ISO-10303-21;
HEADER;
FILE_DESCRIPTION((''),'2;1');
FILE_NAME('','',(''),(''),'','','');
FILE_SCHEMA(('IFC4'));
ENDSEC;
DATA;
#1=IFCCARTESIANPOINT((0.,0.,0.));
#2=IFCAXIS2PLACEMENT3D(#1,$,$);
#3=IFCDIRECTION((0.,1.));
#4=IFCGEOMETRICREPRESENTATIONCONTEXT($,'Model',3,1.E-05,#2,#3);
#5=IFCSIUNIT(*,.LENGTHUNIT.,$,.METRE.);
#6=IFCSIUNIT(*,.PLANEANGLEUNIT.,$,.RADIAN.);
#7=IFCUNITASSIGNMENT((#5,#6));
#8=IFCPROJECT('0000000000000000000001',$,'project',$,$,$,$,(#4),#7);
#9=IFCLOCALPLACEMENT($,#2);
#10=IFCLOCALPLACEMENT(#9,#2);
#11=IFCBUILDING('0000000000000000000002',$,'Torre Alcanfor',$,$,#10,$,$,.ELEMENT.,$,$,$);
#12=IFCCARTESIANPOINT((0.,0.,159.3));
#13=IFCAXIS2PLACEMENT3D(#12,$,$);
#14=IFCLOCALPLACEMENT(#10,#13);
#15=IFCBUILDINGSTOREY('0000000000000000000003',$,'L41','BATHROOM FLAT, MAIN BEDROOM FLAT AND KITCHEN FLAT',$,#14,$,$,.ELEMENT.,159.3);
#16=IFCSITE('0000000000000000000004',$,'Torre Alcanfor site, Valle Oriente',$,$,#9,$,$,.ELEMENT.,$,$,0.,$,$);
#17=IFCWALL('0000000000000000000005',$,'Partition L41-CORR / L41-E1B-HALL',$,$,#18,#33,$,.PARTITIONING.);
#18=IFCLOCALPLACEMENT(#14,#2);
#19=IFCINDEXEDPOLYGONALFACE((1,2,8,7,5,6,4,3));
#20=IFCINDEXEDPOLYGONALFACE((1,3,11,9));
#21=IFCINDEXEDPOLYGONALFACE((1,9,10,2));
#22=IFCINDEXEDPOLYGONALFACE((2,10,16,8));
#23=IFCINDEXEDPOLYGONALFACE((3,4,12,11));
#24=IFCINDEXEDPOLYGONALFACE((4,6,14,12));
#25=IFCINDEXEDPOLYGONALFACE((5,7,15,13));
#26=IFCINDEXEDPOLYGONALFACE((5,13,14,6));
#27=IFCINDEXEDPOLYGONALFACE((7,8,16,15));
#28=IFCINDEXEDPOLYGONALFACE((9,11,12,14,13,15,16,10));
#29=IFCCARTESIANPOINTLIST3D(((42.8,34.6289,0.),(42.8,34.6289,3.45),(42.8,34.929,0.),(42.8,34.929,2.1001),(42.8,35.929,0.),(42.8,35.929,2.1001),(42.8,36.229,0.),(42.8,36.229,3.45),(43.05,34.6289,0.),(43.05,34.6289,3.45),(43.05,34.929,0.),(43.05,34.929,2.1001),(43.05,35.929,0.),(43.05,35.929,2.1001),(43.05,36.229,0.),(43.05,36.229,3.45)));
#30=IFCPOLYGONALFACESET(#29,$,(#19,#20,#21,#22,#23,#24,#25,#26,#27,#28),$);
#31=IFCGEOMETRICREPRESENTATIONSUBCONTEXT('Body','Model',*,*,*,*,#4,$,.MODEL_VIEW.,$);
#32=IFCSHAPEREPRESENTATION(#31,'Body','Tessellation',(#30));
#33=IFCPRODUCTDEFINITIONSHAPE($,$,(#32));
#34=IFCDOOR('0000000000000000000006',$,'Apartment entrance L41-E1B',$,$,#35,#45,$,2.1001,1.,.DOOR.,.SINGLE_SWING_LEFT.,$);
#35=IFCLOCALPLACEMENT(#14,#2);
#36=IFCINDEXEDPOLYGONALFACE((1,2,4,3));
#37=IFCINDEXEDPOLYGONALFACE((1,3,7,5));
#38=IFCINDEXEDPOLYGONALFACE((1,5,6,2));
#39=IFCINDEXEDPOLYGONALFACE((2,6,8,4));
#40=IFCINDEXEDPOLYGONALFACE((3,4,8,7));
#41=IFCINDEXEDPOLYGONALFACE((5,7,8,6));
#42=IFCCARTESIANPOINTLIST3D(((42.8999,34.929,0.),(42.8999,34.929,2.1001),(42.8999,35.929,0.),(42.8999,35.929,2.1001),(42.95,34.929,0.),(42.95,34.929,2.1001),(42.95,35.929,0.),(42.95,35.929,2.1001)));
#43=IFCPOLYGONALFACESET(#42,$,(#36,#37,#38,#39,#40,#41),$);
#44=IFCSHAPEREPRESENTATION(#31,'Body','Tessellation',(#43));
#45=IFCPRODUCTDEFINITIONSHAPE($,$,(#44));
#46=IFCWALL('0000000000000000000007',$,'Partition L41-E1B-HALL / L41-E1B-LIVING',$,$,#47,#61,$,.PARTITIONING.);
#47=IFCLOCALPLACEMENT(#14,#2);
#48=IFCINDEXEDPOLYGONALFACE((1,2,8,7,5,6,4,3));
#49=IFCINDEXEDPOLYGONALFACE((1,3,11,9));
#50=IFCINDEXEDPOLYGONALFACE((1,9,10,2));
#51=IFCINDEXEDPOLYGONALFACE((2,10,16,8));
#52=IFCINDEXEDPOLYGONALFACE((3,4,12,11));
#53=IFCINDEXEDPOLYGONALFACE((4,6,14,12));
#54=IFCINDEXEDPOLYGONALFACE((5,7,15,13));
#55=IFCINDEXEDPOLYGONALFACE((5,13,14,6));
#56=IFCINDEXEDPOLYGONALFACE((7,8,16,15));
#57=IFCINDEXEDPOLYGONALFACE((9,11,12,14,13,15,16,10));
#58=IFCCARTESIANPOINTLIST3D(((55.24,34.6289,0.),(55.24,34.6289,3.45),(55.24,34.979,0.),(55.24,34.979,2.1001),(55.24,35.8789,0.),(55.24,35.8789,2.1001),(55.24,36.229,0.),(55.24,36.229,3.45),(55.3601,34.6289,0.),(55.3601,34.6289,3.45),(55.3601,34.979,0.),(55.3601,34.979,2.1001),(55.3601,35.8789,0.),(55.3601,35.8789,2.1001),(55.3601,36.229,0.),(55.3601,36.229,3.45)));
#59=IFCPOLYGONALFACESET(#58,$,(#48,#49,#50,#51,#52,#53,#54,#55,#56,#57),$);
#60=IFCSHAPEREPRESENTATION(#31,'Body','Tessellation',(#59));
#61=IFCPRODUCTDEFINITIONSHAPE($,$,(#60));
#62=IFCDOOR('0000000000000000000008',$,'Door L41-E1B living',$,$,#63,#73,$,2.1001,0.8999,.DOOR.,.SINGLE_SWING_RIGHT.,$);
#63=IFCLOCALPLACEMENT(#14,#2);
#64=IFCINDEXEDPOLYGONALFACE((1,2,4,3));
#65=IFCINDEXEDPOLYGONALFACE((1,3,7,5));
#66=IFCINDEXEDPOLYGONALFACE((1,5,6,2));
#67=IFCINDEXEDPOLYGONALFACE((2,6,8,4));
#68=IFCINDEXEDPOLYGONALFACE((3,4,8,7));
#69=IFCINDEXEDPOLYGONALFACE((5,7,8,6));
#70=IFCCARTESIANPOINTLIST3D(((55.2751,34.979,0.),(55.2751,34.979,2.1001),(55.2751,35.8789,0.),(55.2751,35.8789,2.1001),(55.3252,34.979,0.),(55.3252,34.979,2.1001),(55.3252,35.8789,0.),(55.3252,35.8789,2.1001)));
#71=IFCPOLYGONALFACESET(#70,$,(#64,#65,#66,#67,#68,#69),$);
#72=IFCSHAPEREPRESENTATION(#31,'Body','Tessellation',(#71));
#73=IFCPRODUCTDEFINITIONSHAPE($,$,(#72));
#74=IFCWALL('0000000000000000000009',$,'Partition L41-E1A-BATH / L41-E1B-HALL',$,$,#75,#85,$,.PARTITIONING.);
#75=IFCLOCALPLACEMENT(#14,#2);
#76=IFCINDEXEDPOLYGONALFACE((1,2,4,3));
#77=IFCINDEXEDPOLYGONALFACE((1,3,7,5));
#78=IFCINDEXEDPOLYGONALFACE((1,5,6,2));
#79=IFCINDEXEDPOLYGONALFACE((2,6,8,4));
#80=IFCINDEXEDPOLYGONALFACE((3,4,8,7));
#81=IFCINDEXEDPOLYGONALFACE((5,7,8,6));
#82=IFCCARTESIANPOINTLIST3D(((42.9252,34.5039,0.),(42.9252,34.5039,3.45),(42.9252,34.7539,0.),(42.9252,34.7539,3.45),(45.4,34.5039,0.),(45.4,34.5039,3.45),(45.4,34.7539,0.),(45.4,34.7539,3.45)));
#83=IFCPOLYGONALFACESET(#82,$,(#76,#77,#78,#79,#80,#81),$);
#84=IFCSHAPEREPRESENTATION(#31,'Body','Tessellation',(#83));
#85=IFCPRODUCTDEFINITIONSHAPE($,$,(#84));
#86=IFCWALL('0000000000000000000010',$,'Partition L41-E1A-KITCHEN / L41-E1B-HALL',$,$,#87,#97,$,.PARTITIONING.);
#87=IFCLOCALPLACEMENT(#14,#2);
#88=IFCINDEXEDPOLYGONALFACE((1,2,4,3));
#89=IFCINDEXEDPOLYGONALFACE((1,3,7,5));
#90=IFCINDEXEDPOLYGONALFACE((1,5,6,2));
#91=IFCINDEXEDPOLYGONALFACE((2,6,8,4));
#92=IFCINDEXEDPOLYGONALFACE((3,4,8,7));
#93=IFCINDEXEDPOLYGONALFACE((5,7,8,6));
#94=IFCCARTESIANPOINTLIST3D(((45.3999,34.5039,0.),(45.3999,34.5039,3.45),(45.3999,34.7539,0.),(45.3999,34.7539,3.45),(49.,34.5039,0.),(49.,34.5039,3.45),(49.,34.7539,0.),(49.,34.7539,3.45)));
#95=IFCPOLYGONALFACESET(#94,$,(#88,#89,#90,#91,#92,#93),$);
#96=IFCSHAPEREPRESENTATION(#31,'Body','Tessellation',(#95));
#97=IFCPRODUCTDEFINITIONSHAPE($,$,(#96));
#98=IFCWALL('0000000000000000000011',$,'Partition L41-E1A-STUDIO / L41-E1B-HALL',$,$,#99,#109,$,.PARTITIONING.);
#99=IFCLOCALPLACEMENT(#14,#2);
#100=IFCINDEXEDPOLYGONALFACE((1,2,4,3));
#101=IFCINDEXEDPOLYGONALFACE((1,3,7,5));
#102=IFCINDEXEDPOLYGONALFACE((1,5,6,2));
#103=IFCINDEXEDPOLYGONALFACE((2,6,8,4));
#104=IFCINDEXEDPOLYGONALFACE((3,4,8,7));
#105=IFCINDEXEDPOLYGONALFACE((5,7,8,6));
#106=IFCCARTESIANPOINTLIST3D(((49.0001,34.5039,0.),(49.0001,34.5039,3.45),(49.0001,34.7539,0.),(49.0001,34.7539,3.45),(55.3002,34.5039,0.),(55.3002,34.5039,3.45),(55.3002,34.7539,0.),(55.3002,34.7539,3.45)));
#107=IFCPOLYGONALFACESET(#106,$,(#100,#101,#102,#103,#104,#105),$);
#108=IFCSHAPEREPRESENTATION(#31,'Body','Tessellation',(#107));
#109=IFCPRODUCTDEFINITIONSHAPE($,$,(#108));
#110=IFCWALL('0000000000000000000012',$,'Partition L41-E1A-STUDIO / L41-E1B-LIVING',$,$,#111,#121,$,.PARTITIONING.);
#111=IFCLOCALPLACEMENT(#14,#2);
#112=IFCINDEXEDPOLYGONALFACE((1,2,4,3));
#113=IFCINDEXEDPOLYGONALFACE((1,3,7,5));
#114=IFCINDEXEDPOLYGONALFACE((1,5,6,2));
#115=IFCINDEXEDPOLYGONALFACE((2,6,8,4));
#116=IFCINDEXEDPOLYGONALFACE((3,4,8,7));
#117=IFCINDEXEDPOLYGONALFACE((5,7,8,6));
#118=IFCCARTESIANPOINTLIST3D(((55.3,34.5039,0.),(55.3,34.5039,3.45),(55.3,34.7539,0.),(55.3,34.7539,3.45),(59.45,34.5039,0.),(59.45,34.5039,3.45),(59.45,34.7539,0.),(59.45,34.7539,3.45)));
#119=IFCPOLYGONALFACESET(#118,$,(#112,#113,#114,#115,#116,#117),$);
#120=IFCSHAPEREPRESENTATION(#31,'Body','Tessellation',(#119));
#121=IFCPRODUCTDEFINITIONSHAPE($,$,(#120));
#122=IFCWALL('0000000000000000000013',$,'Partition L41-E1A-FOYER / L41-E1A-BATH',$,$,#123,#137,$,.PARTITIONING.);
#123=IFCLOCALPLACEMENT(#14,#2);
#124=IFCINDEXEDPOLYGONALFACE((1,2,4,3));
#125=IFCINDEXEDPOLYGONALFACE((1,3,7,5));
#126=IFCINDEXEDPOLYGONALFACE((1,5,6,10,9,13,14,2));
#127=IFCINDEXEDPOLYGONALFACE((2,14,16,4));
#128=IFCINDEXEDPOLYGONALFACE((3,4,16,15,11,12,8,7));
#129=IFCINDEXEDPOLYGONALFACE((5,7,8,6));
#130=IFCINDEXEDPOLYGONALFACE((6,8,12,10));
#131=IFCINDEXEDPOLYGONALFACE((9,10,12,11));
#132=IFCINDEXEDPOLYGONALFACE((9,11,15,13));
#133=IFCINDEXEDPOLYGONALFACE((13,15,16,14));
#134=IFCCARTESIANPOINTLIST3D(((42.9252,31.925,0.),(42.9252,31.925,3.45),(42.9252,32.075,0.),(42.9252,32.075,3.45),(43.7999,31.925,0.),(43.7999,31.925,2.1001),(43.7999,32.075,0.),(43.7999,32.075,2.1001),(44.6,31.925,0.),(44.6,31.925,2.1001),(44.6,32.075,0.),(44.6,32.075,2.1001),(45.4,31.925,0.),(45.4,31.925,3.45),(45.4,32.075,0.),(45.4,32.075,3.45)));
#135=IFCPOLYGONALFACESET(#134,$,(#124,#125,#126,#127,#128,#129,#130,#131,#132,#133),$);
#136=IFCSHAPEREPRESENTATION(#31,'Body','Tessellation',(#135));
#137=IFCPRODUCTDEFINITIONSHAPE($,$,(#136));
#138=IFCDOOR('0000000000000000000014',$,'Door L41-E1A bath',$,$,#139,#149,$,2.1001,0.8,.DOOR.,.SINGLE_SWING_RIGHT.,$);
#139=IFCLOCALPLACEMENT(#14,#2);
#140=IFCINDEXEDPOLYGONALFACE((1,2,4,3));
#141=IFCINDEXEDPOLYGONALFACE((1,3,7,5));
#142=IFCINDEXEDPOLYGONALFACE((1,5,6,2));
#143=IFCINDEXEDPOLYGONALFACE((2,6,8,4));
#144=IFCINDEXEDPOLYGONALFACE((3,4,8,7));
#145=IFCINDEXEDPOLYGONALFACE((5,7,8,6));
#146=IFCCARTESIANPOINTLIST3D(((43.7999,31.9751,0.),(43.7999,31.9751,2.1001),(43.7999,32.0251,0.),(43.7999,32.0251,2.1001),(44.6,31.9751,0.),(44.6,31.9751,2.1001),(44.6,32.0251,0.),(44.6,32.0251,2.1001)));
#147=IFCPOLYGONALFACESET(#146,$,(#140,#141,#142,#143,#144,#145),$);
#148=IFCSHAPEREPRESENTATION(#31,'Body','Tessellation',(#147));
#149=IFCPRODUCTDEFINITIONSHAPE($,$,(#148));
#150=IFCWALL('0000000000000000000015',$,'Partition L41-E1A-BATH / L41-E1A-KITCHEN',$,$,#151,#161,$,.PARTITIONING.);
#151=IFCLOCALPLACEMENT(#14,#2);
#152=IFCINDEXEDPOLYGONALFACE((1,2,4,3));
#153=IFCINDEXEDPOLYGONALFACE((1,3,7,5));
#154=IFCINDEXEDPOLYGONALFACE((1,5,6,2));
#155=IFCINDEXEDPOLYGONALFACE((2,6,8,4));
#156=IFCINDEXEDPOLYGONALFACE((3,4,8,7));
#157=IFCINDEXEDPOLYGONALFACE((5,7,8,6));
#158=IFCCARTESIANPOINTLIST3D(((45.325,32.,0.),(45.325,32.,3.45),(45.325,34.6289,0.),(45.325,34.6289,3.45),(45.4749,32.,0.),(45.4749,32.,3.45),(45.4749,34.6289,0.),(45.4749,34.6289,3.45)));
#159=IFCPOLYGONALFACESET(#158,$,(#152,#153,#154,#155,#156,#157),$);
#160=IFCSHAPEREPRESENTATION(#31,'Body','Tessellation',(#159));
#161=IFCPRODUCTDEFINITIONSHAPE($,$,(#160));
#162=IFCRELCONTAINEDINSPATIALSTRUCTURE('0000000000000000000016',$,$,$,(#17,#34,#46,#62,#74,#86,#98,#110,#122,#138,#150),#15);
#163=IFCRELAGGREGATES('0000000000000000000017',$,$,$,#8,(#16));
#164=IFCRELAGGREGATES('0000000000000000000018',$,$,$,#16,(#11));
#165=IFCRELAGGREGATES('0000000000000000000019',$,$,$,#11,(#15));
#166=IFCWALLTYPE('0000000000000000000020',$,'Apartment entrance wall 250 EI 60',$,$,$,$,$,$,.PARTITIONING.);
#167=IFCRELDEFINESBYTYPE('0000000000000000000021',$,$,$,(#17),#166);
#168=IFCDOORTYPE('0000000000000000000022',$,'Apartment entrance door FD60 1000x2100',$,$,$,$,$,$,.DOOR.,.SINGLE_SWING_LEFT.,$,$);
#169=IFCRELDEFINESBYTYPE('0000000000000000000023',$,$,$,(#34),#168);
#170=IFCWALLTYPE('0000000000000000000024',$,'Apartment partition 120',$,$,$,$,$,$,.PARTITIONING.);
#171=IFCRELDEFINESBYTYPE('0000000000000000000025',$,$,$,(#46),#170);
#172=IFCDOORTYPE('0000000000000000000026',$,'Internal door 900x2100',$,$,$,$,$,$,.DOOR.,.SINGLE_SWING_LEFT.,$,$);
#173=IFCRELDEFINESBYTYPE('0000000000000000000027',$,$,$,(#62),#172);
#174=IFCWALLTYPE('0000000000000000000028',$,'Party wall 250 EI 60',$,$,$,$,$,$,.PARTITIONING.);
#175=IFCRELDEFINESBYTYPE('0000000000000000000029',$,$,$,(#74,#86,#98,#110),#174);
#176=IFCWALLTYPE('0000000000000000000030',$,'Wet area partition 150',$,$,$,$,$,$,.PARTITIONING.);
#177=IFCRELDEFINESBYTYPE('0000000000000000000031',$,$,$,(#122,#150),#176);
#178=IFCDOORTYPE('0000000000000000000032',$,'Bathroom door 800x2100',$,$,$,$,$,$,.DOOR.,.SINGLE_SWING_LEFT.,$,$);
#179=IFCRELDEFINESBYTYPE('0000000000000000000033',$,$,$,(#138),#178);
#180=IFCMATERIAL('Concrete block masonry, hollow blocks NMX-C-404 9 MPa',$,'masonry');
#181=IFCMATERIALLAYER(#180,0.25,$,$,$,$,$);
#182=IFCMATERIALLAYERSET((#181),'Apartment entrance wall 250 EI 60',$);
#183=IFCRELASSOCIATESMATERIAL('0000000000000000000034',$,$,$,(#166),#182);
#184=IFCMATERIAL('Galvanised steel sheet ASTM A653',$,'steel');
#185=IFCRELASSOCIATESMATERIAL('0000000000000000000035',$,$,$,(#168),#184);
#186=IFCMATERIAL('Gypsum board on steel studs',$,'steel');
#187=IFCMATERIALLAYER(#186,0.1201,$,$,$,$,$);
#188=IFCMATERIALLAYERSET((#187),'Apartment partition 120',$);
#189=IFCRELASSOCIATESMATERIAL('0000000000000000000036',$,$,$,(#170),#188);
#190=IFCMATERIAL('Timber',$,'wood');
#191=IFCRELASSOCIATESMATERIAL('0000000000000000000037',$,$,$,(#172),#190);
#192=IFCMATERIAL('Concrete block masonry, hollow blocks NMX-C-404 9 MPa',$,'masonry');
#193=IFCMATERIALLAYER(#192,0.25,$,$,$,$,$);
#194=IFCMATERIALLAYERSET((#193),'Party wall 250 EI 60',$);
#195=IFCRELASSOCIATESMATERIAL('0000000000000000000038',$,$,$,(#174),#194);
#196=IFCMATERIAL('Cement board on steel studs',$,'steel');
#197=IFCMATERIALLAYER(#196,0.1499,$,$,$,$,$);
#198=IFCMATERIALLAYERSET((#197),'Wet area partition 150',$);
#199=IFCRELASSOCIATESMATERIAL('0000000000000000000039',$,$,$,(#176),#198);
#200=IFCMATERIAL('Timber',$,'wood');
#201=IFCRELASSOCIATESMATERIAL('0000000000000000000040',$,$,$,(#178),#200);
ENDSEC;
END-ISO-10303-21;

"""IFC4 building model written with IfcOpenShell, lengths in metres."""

from ifc_helpers import new_model, si_unit, direction, frame, frame_2d, origin, place, context, subcontext, project, spatial, rectangle, extrude, material, layer, layer_set, type_object, element, fill, save


model = new_model("IFC4")

# Units and contexts
model_context = context("Model", 3, precision=1e-05, world=origin(), true_north=direction((0.0, 1.0)))
body_context = subcontext(model_context, "Body", "Model", "MODEL_VIEW")
ifc_project = project(units=[si_unit("LENGTHUNIT", "METRE"), si_unit("PLANEANGLEUNIT", "RADIAN")], contexts=[model_context])

# Site, building, storey
site_placement = place(None, origin())
site = spatial("IfcSite", under=ifc_project, at=site_placement, Name="Torre Alcanfor site, Valle Oriente", CompositionType="ELEMENT", RefElevation=0.0)
building_placement = place(site_placement, origin())
building = spatial("IfcBuilding", under=site, at=building_placement, Name="Torre Alcanfor", CompositionType="ELEMENT")
storey_placement = place(building_placement, frame((0.0, 0.0, 159.3)))
storey = spatial("IfcBuildingStorey", under=building, at=storey_placement, Name="L41", Description="BATHROOM FLAT, MAIN BEDROOM FLAT AND KITCHEN FLAT", CompositionType="ELEMENT", Elevation=159.3)

# Shared definitions
ifc_material_1 = material(Name="Concrete block masonry, hollow blocks NMX-C-404 9 MPa", Category="masonry")
ifc_layer_1 = layer(ifc_material_1, 0.25)
ifc_layer_set_1 = layer_set([ifc_layer_1], Name="Apartment entrance wall 250 EI 60")
wall_type_1 = type_object("IfcWallType", Name="Apartment entrance wall 250 EI 60", PredefinedType="PARTITIONING", material=ifc_layer_set_1)
ifc_material_2 = material(Name="Galvanised steel sheet ASTM A653", Category="steel")
door_type_1 = type_object("IfcDoorType", Name="Apartment entrance door FD60 1000x2100", OperationType="SINGLE_SWING_LEFT", PredefinedType="DOOR", material=ifc_material_2)

# Walls, openings, doors
wall_1_placement = place(storey_placement, frame((42.925, 36.229, 0.0), z_axis=(0.0, 0.0, 1.0), x_axis=(0.0, -1.0, 0.0)))
wall_1 = element("IfcWall", 1, at=wall_1_placement, inside=storey, type_object=wall_type_1, Name="Partition L41-CORR / L41-E1B-HALL", PredefinedType="PARTITIONING", context=body_context, shape_type="SweptSolid", body=[
    extrude(rectangle(XDim=1.6001, YDim=0.25, at=frame_2d((0.8, 0.0))), origin(), (0.0, 0.0, 1.0), 3.45),
])
opening_1_placement = place(wall_1_placement, frame((0.3, 0.0, 0.0)))
opening_1 = element("IfcOpeningElement", 2, at=opening_1_placement, cuts=wall_1, PredefinedType="OPENING", context=body_context, shape_type="SweptSolid", body=[
    extrude(rectangle(XDim=1.0, YDim=2.1001, at=frame_2d((0.5, 1.05))), frame((0.0, 0.135, 0.0), z_axis=(0.0, -1.0, 0.0), x_axis=(1.0, 0.0, 0.0)), (0.0, 0.0, 1.0), 0.27),
])
door_1_placement = place(opening_1_placement, origin())
door_1 = element("IfcDoor", 3, at=door_1_placement, inside=storey, type_object=door_type_1, Name="Apartment entrance L41-E1B", OperationType="SINGLE_SWING_LEFT", OverallHeight=2.1001, OverallWidth=1.0, PredefinedType="DOOR", context=body_context, shape_type="SweptSolid", body=[
    extrude(rectangle(XDim=1.0, YDim=2.1001, at=frame_2d((0.5, 1.05))), frame((0.0, 0.0249, 0.0), z_axis=(0.0, -1.0, 0.0), x_axis=(1.0, 0.0, 0.0)), (0.0, 0.0, 1.0), 0.05),
])
fill(opening_1, door_1)
ifc_material_3 = material(Name="Gypsum board on steel studs", Category="steel")
ifc_layer_2 = layer(ifc_material_3, 0.1201)
ifc_layer_set_2 = layer_set([ifc_layer_2], Name="Apartment partition 120")
wall_type_2 = type_object("IfcWallType", Name="Apartment partition 120", PredefinedType="PARTITIONING", material=ifc_layer_set_2)
wall_2_placement = place(storey_placement, frame((55.3, 34.6289, 0.0), z_axis=(0.0, 0.0, 1.0), x_axis=(0.0, 1.0, 0.0)))
wall_2 = element("IfcWall", 4, at=wall_2_placement, inside=storey, type_object=wall_type_2, Name="Partition L41-E1B-HALL / L41-E1B-LIVING", PredefinedType="PARTITIONING", context=body_context, shape_type="SweptSolid", body=[
    extrude(rectangle(XDim=1.6001, YDim=0.1201, at=frame_2d((0.8, 0.0))), origin(), (0.0, 0.0, 1.0), 3.45),
])
opening_2_placement = place(wall_2_placement, frame((0.3501, 0.0, 0.0)))
opening_2 = element("IfcOpeningElement", 5, at=opening_2_placement, cuts=wall_2, PredefinedType="OPENING", context=body_context, shape_type="SweptSolid", body=[
    extrude(rectangle(XDim=0.8999, YDim=2.1001, at=frame_2d((0.45, 1.05))), frame((0.0, 0.0701, 0.0), z_axis=(0.0, -1.0, 0.0), x_axis=(1.0, 0.0, 0.0)), (0.0, 0.0, 1.0), 0.1401),
])
ifc_material_4 = material(Name="Timber", Category="wood")
door_type_2 = type_object("IfcDoorType", Name="Internal door 900x2100", OperationType="SINGLE_SWING_LEFT", PredefinedType="DOOR", material=ifc_material_4)
door_2_placement = place(opening_2_placement, frame((0.8999, 0.0, 0.0), z_axis=(0.0, 0.0, 1.0), x_axis=(-1.0, 0.0, 0.0)))
door_2 = element("IfcDoor", 6, at=door_2_placement, inside=storey, type_object=door_type_2, Name="Door L41-E1B living", OperationType="SINGLE_SWING_RIGHT", OverallHeight=2.1001, OverallWidth=0.8999, PredefinedType="DOOR", context=body_context, shape_type="SweptSolid", body=[
    extrude(rectangle(XDim=0.8999, YDim=2.1001, at=frame_2d((0.45, 1.05))), frame((0.0, 0.0251, 0.0), z_axis=(0.0, -1.0, 0.0), x_axis=(1.0, 0.0, 0.0)), (0.0, 0.0, 1.0), 0.05),
])
fill(opening_2, door_2)

# Walls
ifc_material_5 = material(Name="Concrete block masonry, hollow blocks NMX-C-404 9 MPa", Category="masonry")
ifc_layer_3 = layer(ifc_material_5, 0.25)
ifc_layer_set_3 = layer_set([ifc_layer_3], Name="Party wall 250 EI 60")
wall_type_3 = type_object("IfcWallType", Name="Party wall 250 EI 60", PredefinedType="PARTITIONING", material=ifc_layer_set_3)
wall_3_placement = place(storey_placement, frame((45.3999, 34.6289, 0.0), z_axis=(0.0, 0.0, 1.0), x_axis=(-1.0, 0.0, 0.0)))
element("IfcWall", 7, at=wall_3_placement, inside=storey, type_object=wall_type_3, Name="Partition L41-E1A-BATH / L41-E1B-HALL", PredefinedType="PARTITIONING", context=body_context, shape_type="SweptSolid", body=[
    extrude(rectangle(XDim=2.4749, YDim=0.25, at=frame_2d((1.2373, 0.0))), origin(), (0.0, 0.0, 1.0), 3.45),
])
wall_4_placement = place(storey_placement, frame((49.0, 34.6289, 0.0), z_axis=(0.0, 0.0, 1.0), x_axis=(-1.0, 0.0, 0.0)))
element("IfcWall", 8, at=wall_4_placement, inside=storey, type_object=wall_type_3, Name="Partition L41-E1A-KITCHEN / L41-E1B-HALL", PredefinedType="PARTITIONING", context=body_context, shape_type="SweptSolid", body=[
    extrude(rectangle(XDim=3.6001, YDim=0.25, at=frame_2d((1.8, 0.0))), origin(), (0.0, 0.0, 1.0), 3.45),
])
wall_5_placement = place(storey_placement, frame((55.3, 34.6289, 0.0), z_axis=(0.0, 0.0, 1.0), x_axis=(-1.0, 0.0, 0.0)))
element("IfcWall", 9, at=wall_5_placement, inside=storey, type_object=wall_type_3, Name="Partition L41-E1A-STUDIO / L41-E1B-HALL", PredefinedType="PARTITIONING", context=body_context, shape_type="SweptSolid", body=[
    extrude(rectangle(XDim=6.3, YDim=0.25, at=frame_2d((3.1499, 0.0))), origin(), (0.0, 0.0, 1.0), 3.45),
])
wall_6_placement = place(storey_placement, frame((59.45, 34.6289, 0.0), z_axis=(0.0, 0.0, 1.0), x_axis=(-1.0, 0.0, 0.0)))
element("IfcWall", 10, at=wall_6_placement, inside=storey, type_object=wall_type_3, Name="Partition L41-E1A-STUDIO / L41-E1B-LIVING", PredefinedType="PARTITIONING", context=body_context, shape_type="SweptSolid", body=[
    extrude(rectangle(XDim=4.1499, YDim=0.25, at=frame_2d((2.075, 0.0))), origin(), (0.0, 0.0, 1.0), 3.45),
])

# Wall, opening, door
ifc_material_6 = material(Name="Cement board on steel studs", Category="steel")
ifc_layer_4 = layer(ifc_material_6, 0.1499)
ifc_layer_set_4 = layer_set([ifc_layer_4], Name="Wet area partition 150")
wall_type_4 = type_object("IfcWallType", Name="Wet area partition 150", PredefinedType="PARTITIONING", material=ifc_layer_set_4)
wall_7_placement = place(storey_placement, frame((45.3999, 32.0, 0.0), z_axis=(0.0, 0.0, 1.0), x_axis=(-1.0, 0.0, 0.0)))
wall_7 = element("IfcWall", 11, at=wall_7_placement, inside=storey, type_object=wall_type_4, Name="Partition L41-E1A-FOYER / L41-E1A-BATH", PredefinedType="PARTITIONING", context=body_context, shape_type="SweptSolid", body=[
    extrude(rectangle(XDim=2.4749, YDim=0.1499, at=frame_2d((1.2373, 0.0))), origin(), (0.0, 0.0, 1.0), 3.45),
])
opening_3_placement = place(wall_7_placement, frame((0.8, 0.0, 0.0)))
opening_3 = element("IfcOpeningElement", 12, at=opening_3_placement, cuts=wall_7, PredefinedType="OPENING", context=body_context, shape_type="SweptSolid", body=[
    extrude(rectangle(XDim=0.8, YDim=2.1001, at=frame_2d((0.3999, 1.05))), frame((0.0, 0.085, 0.0), z_axis=(0.0, -1.0, 0.0), x_axis=(1.0, 0.0, 0.0)), (0.0, 0.0, 1.0), 0.1699),
])
ifc_material_7 = material(Name="Timber", Category="wood")
door_type_3 = type_object("IfcDoorType", Name="Bathroom door 800x2100", OperationType="SINGLE_SWING_LEFT", PredefinedType="DOOR", material=ifc_material_7)
door_3_placement = place(opening_3_placement, frame((0.8, 0.0, 0.0), z_axis=(0.0, 0.0, 1.0), x_axis=(-1.0, 0.0, 0.0)))
door_3 = element("IfcDoor", 13, at=door_3_placement, inside=storey, type_object=door_type_3, Name="Door L41-E1A bath", OperationType="SINGLE_SWING_RIGHT", OverallHeight=2.1001, OverallWidth=0.8, PredefinedType="DOOR", context=body_context, shape_type="SweptSolid", body=[
    extrude(rectangle(XDim=0.8, YDim=2.1001, at=frame_2d((0.4001, 1.05))), frame((0.0, 0.0251, 0.0), z_axis=(0.0, -1.0, 0.0), x_axis=(1.0, 0.0, 0.0)), (0.0, 0.0, 1.0), 0.05),
])
fill(opening_3, door_3)

# Wall
wall_8_placement = place(storey_placement, frame((45.3999, 32.0, 0.0), z_axis=(0.0, 0.0, 1.0), x_axis=(0.0, 1.0, 0.0)))
element("IfcWall", 14, at=wall_8_placement, inside=storey, type_object=wall_type_4, Name="Partition L41-E1A-BATH / L41-E1A-KITCHEN", PredefinedType="PARTITIONING", context=body_context, shape_type="SweptSolid", body=[
    extrude(rectangle(XDim=2.6289, YDim=0.1499, at=frame_2d((1.3145, 0.0))), origin(), (0.0, 0.0, 1.0), 3.45),
])

save(model, "model.ifc")
